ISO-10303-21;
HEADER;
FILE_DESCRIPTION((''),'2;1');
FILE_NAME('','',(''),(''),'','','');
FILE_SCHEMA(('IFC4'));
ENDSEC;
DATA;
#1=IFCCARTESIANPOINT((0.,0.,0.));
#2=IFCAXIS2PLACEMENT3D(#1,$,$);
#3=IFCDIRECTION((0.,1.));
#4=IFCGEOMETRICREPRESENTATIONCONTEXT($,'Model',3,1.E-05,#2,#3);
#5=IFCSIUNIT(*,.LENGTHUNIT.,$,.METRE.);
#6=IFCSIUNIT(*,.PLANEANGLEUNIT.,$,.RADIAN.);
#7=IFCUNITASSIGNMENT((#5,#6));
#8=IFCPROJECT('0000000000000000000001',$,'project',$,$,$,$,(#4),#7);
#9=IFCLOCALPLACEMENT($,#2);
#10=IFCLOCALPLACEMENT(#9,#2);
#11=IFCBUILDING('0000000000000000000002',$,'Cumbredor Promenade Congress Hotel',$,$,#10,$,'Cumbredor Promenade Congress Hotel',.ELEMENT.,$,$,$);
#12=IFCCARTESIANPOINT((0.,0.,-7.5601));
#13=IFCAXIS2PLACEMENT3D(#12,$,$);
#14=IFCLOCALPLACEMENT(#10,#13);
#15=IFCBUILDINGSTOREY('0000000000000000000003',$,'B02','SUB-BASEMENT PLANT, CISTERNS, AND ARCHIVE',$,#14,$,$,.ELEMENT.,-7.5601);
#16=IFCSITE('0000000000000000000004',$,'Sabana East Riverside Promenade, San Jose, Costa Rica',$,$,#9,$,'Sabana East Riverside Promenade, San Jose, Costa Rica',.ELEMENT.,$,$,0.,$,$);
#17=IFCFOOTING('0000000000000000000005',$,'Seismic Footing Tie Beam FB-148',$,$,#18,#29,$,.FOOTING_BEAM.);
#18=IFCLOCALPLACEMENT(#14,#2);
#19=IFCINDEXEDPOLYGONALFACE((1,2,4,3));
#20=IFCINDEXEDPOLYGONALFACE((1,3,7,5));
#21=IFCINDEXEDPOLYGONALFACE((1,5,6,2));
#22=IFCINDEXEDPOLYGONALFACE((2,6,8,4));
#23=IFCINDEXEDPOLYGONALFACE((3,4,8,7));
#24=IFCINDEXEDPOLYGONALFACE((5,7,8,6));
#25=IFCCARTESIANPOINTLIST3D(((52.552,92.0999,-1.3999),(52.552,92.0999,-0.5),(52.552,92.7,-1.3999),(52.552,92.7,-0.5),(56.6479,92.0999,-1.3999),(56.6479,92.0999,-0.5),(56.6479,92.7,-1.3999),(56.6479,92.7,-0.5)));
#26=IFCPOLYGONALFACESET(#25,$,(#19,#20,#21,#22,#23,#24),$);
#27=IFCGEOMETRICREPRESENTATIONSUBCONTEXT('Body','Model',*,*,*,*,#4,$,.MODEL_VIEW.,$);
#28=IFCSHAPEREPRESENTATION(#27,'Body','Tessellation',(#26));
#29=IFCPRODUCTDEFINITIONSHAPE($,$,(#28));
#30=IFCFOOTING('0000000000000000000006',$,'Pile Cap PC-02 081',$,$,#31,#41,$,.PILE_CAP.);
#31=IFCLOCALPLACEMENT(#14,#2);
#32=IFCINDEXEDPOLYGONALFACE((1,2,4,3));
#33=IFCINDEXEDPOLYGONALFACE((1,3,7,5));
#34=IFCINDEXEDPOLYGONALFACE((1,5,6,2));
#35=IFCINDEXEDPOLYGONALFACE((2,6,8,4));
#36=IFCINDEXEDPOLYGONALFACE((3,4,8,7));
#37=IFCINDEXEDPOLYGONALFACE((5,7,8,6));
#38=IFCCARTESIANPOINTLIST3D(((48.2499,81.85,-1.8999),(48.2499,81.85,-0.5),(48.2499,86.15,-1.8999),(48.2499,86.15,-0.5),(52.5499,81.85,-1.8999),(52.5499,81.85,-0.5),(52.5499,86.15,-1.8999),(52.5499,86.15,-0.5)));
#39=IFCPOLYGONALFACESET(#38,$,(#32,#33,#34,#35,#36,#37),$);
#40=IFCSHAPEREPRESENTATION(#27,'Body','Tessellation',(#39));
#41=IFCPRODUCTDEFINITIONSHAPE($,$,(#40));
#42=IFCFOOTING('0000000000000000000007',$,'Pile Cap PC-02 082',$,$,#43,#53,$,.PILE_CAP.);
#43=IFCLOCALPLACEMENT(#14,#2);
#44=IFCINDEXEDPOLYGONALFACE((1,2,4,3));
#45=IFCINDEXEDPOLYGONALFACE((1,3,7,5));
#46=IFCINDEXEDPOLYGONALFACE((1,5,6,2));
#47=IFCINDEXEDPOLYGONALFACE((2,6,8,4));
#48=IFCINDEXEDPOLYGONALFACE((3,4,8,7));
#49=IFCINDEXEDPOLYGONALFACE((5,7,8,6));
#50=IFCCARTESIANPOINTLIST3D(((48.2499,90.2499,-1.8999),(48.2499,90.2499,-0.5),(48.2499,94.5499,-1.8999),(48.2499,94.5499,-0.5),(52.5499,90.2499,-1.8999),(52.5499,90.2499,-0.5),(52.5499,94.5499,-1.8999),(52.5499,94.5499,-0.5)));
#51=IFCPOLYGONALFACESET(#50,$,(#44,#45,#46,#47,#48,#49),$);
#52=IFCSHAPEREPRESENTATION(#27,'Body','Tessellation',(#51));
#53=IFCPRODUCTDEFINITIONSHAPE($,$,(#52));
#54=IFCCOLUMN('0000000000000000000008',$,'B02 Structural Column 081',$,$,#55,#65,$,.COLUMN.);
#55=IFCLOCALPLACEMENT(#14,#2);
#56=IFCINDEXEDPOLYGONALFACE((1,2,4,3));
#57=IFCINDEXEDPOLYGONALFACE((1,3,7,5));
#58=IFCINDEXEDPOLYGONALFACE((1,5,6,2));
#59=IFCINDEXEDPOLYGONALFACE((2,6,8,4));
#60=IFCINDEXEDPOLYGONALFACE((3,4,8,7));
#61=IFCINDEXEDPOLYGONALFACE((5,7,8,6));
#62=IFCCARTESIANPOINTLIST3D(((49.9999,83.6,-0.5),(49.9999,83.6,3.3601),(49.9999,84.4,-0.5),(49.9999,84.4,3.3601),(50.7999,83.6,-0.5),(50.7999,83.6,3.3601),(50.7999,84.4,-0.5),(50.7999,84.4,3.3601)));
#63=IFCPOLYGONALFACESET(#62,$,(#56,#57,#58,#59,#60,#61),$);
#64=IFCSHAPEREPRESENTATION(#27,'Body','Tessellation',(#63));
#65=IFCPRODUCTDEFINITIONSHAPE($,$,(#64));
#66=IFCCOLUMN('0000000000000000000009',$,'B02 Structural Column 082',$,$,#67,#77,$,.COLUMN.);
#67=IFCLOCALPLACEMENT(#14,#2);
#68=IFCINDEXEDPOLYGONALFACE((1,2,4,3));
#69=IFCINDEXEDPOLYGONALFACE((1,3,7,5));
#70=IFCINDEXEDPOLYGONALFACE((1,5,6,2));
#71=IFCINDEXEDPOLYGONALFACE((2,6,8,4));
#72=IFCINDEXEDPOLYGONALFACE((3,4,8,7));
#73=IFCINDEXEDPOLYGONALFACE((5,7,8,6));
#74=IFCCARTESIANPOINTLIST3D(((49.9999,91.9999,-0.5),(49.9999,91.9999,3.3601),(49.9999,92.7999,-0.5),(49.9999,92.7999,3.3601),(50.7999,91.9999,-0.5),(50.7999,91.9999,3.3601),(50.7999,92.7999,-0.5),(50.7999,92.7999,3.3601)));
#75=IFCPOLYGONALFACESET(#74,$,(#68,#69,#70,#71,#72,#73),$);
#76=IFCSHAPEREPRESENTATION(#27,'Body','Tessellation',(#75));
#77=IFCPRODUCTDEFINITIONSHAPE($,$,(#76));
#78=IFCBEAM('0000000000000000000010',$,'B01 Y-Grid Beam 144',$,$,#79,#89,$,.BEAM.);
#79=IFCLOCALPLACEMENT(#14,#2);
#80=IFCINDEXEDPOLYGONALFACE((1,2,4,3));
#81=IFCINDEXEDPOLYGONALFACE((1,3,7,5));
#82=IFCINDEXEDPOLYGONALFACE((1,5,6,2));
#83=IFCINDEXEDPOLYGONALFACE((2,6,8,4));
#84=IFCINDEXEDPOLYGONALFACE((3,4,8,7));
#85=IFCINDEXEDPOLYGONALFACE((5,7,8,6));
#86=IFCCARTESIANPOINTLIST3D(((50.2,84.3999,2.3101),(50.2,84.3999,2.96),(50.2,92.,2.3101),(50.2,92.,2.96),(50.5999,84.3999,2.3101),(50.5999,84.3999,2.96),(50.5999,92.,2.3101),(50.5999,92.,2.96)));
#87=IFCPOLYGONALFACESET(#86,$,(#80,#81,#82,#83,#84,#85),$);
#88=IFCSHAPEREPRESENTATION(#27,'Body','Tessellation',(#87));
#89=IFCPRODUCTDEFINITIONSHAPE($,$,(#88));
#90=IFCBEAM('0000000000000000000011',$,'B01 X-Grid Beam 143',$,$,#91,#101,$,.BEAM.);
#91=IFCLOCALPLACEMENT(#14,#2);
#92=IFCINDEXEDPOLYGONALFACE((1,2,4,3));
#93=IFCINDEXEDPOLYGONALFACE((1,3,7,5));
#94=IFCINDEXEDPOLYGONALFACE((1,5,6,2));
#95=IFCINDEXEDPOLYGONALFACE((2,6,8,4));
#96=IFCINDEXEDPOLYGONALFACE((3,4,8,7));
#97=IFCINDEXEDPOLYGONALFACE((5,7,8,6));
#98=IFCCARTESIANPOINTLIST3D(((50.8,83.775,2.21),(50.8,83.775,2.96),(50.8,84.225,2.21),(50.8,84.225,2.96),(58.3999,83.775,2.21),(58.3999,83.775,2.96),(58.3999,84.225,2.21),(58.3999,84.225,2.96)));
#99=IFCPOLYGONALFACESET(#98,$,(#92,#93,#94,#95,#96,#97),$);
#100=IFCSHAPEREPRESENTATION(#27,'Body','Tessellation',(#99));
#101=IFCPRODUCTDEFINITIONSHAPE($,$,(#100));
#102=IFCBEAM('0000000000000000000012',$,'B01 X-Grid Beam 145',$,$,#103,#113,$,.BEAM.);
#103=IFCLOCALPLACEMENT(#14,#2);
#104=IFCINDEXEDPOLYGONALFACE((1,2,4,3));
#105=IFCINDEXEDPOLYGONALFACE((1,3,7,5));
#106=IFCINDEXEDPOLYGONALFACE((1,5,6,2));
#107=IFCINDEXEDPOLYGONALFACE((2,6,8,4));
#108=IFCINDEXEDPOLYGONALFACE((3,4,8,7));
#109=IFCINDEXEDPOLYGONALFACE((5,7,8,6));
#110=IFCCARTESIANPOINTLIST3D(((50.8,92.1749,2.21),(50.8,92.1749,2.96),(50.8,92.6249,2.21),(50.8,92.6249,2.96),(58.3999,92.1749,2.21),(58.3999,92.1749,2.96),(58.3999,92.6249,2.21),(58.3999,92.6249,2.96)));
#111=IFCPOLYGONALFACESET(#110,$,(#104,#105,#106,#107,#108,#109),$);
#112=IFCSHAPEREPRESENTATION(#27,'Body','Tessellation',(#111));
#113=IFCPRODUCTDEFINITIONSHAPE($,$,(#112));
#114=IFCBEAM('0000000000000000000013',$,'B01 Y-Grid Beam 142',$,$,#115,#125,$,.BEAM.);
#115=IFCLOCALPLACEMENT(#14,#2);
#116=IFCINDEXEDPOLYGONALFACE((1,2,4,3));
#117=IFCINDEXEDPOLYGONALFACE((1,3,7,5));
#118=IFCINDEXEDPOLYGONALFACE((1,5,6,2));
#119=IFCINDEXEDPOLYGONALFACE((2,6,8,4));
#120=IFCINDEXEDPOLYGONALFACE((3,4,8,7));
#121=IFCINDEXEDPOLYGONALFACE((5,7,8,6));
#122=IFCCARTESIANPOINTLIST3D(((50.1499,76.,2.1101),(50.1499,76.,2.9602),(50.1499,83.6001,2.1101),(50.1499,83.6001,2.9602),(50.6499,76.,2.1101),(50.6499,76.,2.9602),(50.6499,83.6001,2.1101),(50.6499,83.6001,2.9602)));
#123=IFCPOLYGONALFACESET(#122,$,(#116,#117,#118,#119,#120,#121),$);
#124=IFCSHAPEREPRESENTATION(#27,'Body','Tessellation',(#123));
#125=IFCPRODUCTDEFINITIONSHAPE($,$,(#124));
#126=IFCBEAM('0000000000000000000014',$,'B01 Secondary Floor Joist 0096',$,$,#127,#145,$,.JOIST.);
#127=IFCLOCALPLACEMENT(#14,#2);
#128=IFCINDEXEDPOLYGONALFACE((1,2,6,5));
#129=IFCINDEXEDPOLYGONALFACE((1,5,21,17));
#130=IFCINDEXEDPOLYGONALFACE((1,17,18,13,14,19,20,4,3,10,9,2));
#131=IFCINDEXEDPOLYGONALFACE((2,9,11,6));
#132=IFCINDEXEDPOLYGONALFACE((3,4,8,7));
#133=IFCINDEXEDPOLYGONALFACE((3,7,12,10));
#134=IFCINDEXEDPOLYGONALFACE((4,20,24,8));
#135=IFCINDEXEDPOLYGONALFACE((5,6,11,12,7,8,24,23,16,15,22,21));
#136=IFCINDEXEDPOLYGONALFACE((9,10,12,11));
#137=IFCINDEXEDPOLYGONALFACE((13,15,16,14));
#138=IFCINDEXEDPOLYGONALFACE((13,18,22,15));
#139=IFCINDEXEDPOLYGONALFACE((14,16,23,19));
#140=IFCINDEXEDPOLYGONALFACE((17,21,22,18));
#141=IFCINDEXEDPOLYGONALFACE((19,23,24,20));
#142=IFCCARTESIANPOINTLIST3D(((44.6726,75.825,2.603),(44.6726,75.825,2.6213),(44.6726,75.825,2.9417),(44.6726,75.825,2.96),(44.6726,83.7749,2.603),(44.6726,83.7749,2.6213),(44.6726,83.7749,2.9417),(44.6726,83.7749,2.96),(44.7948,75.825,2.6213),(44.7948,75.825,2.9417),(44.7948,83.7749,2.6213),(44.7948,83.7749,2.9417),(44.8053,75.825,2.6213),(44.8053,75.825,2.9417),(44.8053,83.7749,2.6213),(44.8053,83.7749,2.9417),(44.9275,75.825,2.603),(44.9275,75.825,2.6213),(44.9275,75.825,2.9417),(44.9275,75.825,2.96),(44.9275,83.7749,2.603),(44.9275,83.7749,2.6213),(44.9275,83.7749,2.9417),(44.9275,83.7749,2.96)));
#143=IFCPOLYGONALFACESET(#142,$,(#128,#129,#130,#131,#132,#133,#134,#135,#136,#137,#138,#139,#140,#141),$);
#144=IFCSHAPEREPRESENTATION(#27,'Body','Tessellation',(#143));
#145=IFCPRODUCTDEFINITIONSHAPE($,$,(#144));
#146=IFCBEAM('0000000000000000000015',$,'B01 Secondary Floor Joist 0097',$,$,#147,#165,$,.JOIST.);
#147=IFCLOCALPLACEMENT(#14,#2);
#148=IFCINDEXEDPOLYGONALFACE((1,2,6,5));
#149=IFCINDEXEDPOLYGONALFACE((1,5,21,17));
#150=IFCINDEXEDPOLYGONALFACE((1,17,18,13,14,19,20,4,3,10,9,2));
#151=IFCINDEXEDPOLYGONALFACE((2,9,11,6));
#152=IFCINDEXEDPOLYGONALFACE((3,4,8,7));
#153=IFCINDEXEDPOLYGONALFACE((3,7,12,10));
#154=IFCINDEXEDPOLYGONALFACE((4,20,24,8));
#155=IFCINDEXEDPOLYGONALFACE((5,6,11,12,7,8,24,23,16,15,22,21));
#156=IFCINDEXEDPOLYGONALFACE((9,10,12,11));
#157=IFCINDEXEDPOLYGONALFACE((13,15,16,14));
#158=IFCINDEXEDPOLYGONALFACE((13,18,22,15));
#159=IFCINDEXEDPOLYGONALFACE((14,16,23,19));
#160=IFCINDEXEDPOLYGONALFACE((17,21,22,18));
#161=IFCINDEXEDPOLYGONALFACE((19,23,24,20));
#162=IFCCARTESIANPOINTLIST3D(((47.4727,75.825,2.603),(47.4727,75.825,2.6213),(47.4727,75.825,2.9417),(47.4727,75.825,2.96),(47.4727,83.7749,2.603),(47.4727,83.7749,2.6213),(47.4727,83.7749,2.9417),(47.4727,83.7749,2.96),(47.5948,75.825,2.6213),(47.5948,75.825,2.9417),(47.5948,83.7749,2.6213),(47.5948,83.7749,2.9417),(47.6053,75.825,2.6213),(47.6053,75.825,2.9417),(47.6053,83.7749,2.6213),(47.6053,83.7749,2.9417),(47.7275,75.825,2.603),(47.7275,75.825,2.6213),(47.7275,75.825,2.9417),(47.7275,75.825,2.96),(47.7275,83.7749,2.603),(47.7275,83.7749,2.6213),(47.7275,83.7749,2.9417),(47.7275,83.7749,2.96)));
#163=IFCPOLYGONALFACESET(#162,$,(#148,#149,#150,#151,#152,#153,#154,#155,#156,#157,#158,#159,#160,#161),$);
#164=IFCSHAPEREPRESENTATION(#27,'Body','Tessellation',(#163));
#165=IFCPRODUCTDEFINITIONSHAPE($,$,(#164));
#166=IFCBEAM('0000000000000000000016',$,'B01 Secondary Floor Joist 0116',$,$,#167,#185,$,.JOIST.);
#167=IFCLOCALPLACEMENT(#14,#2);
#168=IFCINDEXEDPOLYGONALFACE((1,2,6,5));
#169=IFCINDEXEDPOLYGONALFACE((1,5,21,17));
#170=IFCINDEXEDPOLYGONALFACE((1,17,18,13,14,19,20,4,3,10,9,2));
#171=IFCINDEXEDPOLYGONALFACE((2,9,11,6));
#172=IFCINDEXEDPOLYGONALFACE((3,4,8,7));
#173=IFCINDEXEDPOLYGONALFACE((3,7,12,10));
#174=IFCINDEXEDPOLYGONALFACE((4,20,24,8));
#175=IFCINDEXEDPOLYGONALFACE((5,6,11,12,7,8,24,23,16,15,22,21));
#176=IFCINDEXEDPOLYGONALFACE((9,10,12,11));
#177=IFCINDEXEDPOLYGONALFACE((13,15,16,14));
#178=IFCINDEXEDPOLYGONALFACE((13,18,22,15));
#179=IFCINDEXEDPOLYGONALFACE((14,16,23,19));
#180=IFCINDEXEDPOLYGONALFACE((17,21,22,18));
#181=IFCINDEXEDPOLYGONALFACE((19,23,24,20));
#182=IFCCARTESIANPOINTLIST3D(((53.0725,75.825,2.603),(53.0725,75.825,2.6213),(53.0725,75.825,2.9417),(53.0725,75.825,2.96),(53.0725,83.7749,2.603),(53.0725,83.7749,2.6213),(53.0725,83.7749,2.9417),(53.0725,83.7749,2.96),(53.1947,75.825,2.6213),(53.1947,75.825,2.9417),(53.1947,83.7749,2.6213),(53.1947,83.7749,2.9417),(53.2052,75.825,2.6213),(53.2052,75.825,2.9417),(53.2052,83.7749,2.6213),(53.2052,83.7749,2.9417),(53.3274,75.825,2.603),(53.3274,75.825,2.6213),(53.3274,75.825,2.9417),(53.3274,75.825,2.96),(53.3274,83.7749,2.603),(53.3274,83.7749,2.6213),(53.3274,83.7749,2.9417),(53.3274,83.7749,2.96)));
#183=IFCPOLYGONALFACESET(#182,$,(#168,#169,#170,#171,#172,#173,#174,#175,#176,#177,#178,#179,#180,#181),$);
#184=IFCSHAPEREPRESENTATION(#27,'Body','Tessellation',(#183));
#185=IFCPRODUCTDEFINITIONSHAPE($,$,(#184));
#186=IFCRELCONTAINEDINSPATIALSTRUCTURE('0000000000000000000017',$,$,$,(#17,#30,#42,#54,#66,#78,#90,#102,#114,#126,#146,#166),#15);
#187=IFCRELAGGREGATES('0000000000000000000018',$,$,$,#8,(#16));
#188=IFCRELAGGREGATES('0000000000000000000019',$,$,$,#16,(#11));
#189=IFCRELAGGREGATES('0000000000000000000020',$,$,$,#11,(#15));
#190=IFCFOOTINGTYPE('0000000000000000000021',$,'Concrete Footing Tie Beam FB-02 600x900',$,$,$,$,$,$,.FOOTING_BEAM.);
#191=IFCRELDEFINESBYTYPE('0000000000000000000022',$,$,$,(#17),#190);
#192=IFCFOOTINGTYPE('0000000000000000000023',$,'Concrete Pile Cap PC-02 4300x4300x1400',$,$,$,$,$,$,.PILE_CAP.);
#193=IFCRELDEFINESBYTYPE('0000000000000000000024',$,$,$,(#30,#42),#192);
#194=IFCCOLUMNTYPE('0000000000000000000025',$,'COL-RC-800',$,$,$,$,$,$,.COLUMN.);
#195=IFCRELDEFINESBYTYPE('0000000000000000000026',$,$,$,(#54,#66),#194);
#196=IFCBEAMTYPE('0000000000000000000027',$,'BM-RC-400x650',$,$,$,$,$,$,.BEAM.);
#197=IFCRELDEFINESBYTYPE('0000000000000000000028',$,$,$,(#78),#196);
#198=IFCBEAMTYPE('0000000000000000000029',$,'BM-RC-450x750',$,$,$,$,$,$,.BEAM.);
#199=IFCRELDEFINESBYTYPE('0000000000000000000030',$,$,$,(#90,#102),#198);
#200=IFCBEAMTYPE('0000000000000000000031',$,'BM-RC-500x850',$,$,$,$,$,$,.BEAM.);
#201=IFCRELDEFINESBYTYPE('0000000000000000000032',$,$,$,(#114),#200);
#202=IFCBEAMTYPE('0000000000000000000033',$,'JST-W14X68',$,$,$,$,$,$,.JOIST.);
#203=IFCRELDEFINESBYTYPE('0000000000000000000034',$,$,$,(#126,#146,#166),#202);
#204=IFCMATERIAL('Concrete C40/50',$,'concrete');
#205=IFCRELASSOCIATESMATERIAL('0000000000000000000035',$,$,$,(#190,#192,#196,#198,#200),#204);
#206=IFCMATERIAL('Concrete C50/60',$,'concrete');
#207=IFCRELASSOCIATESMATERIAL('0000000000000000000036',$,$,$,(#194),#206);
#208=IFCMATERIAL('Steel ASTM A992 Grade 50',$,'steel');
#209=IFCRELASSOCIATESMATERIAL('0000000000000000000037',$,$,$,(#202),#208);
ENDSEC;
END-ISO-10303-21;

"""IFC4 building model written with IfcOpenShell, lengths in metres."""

from ifc_helpers import new_model, si_unit, direction, frame, origin, origin_2d, place, context, subcontext, project, spatial, rectangle, i_section, extrude, material, material_profile, profile_set, type_object, element, save


model = new_model("IFC4")

# Units and contexts
model_context = context("Model", 3, precision=1e-05, world=origin(), true_north=direction((0.0, 1.0)))
body_context = subcontext(model_context, "Body", "Model", "MODEL_VIEW")
ifc_project = project(units=[si_unit("LENGTHUNIT", "METRE"), si_unit("PLANEANGLEUNIT", "RADIAN")], contexts=[model_context])

# Site, building, storey
site_placement = place(None, origin())
site = spatial("IfcSite", under=ifc_project, at=site_placement, Name="Sabana East Riverside Promenade, San Jose, Costa Rica", LongName="Sabana East Riverside Promenade, San Jose, Costa Rica", CompositionType="ELEMENT", RefElevation=0.0)
building_placement = place(site_placement, origin())
building = spatial("IfcBuilding", under=site, at=building_placement, Name="Cumbredor Promenade Congress Hotel", LongName="Cumbredor Promenade Congress Hotel", CompositionType="ELEMENT")
storey_placement = place(building_placement, frame((0.0, 0.0, -7.5601)))
storey = spatial("IfcBuildingStorey", under=building, at=storey_placement, Name="B02", Description="SUB-BASEMENT PLANT, CISTERNS, AND ARCHIVE", CompositionType="ELEMENT", Elevation=-7.5601)

# Shared definitions
ifc_material_1 = material(Name="Concrete C40/50", Category="concrete")

# Footings
ifc_material_profile_1 = material_profile(ifc_material_1, rectangle(XDim=0.6001, YDim=0.8999, at=origin_2d()), Name="FB 600x900")
ifc_profile_set_1 = profile_set([ifc_material_profile_1], Name="Concrete C40/50")
footing_type_1 = type_object("IfcFootingType", Name="Concrete Footing Tie Beam FB-02 600x900", PredefinedType="FOOTING_BEAM", material=ifc_profile_set_1)
for number, where, z_axis, x_axis, name in (
    (1, (52.552, 92.3999, -0.95), (1.0, 0.0, 0.0), (0.0, 1.0, 0.0), "Seismic Footing Tie Beam FB-148"),
):
    element("IfcFooting", number, at=place(storey_placement, frame(where, z_axis=z_axis, x_axis=x_axis)), inside=storey, type_object=footing_type_1, Name=name, PredefinedType="FOOTING_BEAM", context=body_context, shape_type="SweptSolid", body=[
        extrude(rectangle(XDim=0.6001, YDim=0.8999, at=origin_2d()), origin(), (0.0, 0.0, 1.0), 4.0959),
    ])
footing_type_2 = type_object("IfcFootingType", Name="Concrete Pile Cap PC-02 4300x4300x1400", PredefinedType="PILE_CAP", material=ifc_material_1)
for number, where, z_axis, x_axis, name in (
    (2, (50.3999, 84.0, -1.8999), (0.0, 0.0, 1.0), (1.0, 0.0, 0.0), "Pile Cap PC-02 081"),
    (3, (50.3999, 92.3999, -1.8999), (0.0, 0.0, 1.0), (1.0, 0.0, 0.0), "Pile Cap PC-02 082"),
):
    element("IfcFooting", number, at=place(storey_placement, frame(where, z_axis=z_axis, x_axis=x_axis)), inside=storey, type_object=footing_type_2, Name=name, PredefinedType="PILE_CAP", context=body_context, shape_type="SweptSolid", body=[
        extrude(rectangle(XDim=4.3, YDim=4.3, at=origin_2d()), origin(), (0.0, 0.0, 1.0), 1.3999),
    ])

# Columns
ifc_material_2 = material(Name="Concrete C50/60", Category="concrete")
ifc_material_profile_2 = material_profile(ifc_material_2, rectangle(XDim=0.8, YDim=0.8, at=origin_2d()), Name="RC 800x800")
ifc_profile_set_2 = profile_set([ifc_material_profile_2], Name="Concrete C50/60")
column_type = type_object("IfcColumnType", Name="COL-RC-800", PredefinedType="COLUMN", material=ifc_profile_set_2)
for number, where, z_axis, x_axis, name in (
    (4, (50.3999, 84.0, -0.5), (0.0, 0.0, 1.0), (1.0, 0.0, 0.0), "B02 Structural Column 081"),
    (5, (50.3999, 92.3999, -0.5), (0.0, 0.0, 1.0), (1.0, 0.0, 0.0), "B02 Structural Column 082"),
):
    element("IfcColumn", number, at=place(storey_placement, frame(where, z_axis=z_axis, x_axis=x_axis)), inside=storey, type_object=column_type, Name=name, PredefinedType="COLUMN", context=body_context, shape_type="SweptSolid", body=[
        extrude(rectangle(XDim=0.8, YDim=0.8, at=origin_2d()), origin(), (0.0, 0.0, 1.0), 3.8601),
    ])

# Beams
ifc_material_profile_3 = material_profile(ifc_material_1, rectangle(XDim=0.3999, YDim=0.6499, at=origin_2d()), Name="RC BEAM 400x650")
ifc_profile_set_3 = profile_set([ifc_material_profile_3], Name="Concrete C40/50")
beam_type_1 = type_object("IfcBeamType", Name="BM-RC-400x650", PredefinedType="BEAM", material=ifc_profile_set_3)
beam_1_placement = place(storey_placement, frame((50.3999, 84.3999, 2.635), z_axis=(0.0, 1.0, 0.0), x_axis=(-1.0, 0.0, 0.0)))
element("IfcBeam", 6, at=beam_1_placement, inside=storey, type_object=beam_type_1, Name="B01 Y-Grid Beam 144", PredefinedType="BEAM", context=body_context, shape_type="SweptSolid", body=[
    extrude(rectangle(XDim=0.3999, YDim=0.6499, at=origin_2d()), origin(), (0.0, 0.0, 1.0), 7.6001),
])
ifc_material_profile_4 = material_profile(ifc_material_1, rectangle(XDim=0.45, YDim=0.75, at=origin_2d()), Name="RC BEAM 450x750")
ifc_profile_set_4 = profile_set([ifc_material_profile_4], Name="Concrete C40/50")
beam_type_2 = type_object("IfcBeamType", Name="BM-RC-450x750", PredefinedType="BEAM", material=ifc_profile_set_4)
for number, where, z_axis, x_axis, name in (
    (7, (50.8, 84.0, 2.585), (1.0, 0.0, 0.0), (0.0, 1.0, 0.0), "B01 X-Grid Beam 143"),
    (8, (50.8, 92.3999, 2.585), (1.0, 0.0, 0.0), (0.0, 1.0, 0.0), "B01 X-Grid Beam 145"),
):
    element("IfcBeam", number, at=place(storey_placement, frame(where, z_axis=z_axis, x_axis=x_axis)), inside=storey, type_object=beam_type_2, Name=name, PredefinedType="BEAM", context=body_context, shape_type="SweptSolid", body=[
        extrude(rectangle(XDim=0.45, YDim=0.75, at=origin_2d()), origin(), (0.0, 0.0, 1.0), 7.5999),
    ])
ifc_material_profile_5 = material_profile(ifc_material_1, rectangle(XDim=0.5, YDim=0.8501, at=origin_2d()), Name="RC BEAM 500x850")
ifc_profile_set_5 = profile_set([ifc_material_profile_5], Name="Concrete C40/50")
beam_type_3 = type_object("IfcBeamType", Name="BM-RC-500x850", PredefinedType="BEAM", material=ifc_profile_set_5)
beam_2_placement = place(storey_placement, frame((50.3999, 76.0, 2.5352), z_axis=(0.0, 1.0, 0.0), x_axis=(-1.0, 0.0, 0.0)))
element("IfcBeam", 9, at=beam_2_placement, inside=storey, type_object=beam_type_3, Name="B01 Y-Grid Beam 142", PredefinedType="BEAM", context=body_context, shape_type="SweptSolid", body=[
    extrude(rectangle(XDim=0.5, YDim=0.8501, at=origin_2d()), origin(), (0.0, 0.0, 1.0), 7.6001),
])
ifc_material_3 = material(Name="Steel ASTM A992 Grade 50", Category="steel")
ifc_material_profile_6 = material_profile(ifc_material_3, i_section(OverallWidth=0.2549, OverallDepth=0.3569, WebThickness=0.0105, FlangeThickness=0.0183, at=origin_2d()), Name="W14X68")
ifc_profile_set_6 = profile_set([ifc_material_profile_6], Name="Steel ASTM A992 Grade 50")
beam_type_4 = type_object("IfcBeamType", Name="JST-W14X68", PredefinedType="JOIST", material=ifc_profile_set_6)
for number, where, z_axis, x_axis, name in (
    (10, (44.8, 75.825, 2.7815), (0.0, 1.0, 0.0), (-1.0, 0.0, 0.0), "B01 Secondary Floor Joist 0096"),
    (11, (47.6001, 75.825, 2.7815), (0.0, 1.0, 0.0), (-1.0, 0.0, 0.0), "B01 Secondary Floor Joist 0097"),
    (12, (53.2, 75.825, 2.7815), (0.0, 1.0, 0.0), (-1.0, 0.0, 0.0), "B01 Secondary Floor Joist 0116"),
):
    element("IfcBeam", number, at=place(storey_placement, frame(where, z_axis=z_axis, x_axis=x_axis)), inside=storey, type_object=beam_type_4, Name=name, PredefinedType="JOIST", context=body_context, shape_type="SweptSolid", body=[
        extrude(i_section(OverallWidth=0.2549, OverallDepth=0.3569, WebThickness=0.0105, FlangeThickness=0.0183, at=origin_2d()), origin(), (0.0, 0.0, 1.0), 7.95),
    ])

save(model, "model.ifc")
